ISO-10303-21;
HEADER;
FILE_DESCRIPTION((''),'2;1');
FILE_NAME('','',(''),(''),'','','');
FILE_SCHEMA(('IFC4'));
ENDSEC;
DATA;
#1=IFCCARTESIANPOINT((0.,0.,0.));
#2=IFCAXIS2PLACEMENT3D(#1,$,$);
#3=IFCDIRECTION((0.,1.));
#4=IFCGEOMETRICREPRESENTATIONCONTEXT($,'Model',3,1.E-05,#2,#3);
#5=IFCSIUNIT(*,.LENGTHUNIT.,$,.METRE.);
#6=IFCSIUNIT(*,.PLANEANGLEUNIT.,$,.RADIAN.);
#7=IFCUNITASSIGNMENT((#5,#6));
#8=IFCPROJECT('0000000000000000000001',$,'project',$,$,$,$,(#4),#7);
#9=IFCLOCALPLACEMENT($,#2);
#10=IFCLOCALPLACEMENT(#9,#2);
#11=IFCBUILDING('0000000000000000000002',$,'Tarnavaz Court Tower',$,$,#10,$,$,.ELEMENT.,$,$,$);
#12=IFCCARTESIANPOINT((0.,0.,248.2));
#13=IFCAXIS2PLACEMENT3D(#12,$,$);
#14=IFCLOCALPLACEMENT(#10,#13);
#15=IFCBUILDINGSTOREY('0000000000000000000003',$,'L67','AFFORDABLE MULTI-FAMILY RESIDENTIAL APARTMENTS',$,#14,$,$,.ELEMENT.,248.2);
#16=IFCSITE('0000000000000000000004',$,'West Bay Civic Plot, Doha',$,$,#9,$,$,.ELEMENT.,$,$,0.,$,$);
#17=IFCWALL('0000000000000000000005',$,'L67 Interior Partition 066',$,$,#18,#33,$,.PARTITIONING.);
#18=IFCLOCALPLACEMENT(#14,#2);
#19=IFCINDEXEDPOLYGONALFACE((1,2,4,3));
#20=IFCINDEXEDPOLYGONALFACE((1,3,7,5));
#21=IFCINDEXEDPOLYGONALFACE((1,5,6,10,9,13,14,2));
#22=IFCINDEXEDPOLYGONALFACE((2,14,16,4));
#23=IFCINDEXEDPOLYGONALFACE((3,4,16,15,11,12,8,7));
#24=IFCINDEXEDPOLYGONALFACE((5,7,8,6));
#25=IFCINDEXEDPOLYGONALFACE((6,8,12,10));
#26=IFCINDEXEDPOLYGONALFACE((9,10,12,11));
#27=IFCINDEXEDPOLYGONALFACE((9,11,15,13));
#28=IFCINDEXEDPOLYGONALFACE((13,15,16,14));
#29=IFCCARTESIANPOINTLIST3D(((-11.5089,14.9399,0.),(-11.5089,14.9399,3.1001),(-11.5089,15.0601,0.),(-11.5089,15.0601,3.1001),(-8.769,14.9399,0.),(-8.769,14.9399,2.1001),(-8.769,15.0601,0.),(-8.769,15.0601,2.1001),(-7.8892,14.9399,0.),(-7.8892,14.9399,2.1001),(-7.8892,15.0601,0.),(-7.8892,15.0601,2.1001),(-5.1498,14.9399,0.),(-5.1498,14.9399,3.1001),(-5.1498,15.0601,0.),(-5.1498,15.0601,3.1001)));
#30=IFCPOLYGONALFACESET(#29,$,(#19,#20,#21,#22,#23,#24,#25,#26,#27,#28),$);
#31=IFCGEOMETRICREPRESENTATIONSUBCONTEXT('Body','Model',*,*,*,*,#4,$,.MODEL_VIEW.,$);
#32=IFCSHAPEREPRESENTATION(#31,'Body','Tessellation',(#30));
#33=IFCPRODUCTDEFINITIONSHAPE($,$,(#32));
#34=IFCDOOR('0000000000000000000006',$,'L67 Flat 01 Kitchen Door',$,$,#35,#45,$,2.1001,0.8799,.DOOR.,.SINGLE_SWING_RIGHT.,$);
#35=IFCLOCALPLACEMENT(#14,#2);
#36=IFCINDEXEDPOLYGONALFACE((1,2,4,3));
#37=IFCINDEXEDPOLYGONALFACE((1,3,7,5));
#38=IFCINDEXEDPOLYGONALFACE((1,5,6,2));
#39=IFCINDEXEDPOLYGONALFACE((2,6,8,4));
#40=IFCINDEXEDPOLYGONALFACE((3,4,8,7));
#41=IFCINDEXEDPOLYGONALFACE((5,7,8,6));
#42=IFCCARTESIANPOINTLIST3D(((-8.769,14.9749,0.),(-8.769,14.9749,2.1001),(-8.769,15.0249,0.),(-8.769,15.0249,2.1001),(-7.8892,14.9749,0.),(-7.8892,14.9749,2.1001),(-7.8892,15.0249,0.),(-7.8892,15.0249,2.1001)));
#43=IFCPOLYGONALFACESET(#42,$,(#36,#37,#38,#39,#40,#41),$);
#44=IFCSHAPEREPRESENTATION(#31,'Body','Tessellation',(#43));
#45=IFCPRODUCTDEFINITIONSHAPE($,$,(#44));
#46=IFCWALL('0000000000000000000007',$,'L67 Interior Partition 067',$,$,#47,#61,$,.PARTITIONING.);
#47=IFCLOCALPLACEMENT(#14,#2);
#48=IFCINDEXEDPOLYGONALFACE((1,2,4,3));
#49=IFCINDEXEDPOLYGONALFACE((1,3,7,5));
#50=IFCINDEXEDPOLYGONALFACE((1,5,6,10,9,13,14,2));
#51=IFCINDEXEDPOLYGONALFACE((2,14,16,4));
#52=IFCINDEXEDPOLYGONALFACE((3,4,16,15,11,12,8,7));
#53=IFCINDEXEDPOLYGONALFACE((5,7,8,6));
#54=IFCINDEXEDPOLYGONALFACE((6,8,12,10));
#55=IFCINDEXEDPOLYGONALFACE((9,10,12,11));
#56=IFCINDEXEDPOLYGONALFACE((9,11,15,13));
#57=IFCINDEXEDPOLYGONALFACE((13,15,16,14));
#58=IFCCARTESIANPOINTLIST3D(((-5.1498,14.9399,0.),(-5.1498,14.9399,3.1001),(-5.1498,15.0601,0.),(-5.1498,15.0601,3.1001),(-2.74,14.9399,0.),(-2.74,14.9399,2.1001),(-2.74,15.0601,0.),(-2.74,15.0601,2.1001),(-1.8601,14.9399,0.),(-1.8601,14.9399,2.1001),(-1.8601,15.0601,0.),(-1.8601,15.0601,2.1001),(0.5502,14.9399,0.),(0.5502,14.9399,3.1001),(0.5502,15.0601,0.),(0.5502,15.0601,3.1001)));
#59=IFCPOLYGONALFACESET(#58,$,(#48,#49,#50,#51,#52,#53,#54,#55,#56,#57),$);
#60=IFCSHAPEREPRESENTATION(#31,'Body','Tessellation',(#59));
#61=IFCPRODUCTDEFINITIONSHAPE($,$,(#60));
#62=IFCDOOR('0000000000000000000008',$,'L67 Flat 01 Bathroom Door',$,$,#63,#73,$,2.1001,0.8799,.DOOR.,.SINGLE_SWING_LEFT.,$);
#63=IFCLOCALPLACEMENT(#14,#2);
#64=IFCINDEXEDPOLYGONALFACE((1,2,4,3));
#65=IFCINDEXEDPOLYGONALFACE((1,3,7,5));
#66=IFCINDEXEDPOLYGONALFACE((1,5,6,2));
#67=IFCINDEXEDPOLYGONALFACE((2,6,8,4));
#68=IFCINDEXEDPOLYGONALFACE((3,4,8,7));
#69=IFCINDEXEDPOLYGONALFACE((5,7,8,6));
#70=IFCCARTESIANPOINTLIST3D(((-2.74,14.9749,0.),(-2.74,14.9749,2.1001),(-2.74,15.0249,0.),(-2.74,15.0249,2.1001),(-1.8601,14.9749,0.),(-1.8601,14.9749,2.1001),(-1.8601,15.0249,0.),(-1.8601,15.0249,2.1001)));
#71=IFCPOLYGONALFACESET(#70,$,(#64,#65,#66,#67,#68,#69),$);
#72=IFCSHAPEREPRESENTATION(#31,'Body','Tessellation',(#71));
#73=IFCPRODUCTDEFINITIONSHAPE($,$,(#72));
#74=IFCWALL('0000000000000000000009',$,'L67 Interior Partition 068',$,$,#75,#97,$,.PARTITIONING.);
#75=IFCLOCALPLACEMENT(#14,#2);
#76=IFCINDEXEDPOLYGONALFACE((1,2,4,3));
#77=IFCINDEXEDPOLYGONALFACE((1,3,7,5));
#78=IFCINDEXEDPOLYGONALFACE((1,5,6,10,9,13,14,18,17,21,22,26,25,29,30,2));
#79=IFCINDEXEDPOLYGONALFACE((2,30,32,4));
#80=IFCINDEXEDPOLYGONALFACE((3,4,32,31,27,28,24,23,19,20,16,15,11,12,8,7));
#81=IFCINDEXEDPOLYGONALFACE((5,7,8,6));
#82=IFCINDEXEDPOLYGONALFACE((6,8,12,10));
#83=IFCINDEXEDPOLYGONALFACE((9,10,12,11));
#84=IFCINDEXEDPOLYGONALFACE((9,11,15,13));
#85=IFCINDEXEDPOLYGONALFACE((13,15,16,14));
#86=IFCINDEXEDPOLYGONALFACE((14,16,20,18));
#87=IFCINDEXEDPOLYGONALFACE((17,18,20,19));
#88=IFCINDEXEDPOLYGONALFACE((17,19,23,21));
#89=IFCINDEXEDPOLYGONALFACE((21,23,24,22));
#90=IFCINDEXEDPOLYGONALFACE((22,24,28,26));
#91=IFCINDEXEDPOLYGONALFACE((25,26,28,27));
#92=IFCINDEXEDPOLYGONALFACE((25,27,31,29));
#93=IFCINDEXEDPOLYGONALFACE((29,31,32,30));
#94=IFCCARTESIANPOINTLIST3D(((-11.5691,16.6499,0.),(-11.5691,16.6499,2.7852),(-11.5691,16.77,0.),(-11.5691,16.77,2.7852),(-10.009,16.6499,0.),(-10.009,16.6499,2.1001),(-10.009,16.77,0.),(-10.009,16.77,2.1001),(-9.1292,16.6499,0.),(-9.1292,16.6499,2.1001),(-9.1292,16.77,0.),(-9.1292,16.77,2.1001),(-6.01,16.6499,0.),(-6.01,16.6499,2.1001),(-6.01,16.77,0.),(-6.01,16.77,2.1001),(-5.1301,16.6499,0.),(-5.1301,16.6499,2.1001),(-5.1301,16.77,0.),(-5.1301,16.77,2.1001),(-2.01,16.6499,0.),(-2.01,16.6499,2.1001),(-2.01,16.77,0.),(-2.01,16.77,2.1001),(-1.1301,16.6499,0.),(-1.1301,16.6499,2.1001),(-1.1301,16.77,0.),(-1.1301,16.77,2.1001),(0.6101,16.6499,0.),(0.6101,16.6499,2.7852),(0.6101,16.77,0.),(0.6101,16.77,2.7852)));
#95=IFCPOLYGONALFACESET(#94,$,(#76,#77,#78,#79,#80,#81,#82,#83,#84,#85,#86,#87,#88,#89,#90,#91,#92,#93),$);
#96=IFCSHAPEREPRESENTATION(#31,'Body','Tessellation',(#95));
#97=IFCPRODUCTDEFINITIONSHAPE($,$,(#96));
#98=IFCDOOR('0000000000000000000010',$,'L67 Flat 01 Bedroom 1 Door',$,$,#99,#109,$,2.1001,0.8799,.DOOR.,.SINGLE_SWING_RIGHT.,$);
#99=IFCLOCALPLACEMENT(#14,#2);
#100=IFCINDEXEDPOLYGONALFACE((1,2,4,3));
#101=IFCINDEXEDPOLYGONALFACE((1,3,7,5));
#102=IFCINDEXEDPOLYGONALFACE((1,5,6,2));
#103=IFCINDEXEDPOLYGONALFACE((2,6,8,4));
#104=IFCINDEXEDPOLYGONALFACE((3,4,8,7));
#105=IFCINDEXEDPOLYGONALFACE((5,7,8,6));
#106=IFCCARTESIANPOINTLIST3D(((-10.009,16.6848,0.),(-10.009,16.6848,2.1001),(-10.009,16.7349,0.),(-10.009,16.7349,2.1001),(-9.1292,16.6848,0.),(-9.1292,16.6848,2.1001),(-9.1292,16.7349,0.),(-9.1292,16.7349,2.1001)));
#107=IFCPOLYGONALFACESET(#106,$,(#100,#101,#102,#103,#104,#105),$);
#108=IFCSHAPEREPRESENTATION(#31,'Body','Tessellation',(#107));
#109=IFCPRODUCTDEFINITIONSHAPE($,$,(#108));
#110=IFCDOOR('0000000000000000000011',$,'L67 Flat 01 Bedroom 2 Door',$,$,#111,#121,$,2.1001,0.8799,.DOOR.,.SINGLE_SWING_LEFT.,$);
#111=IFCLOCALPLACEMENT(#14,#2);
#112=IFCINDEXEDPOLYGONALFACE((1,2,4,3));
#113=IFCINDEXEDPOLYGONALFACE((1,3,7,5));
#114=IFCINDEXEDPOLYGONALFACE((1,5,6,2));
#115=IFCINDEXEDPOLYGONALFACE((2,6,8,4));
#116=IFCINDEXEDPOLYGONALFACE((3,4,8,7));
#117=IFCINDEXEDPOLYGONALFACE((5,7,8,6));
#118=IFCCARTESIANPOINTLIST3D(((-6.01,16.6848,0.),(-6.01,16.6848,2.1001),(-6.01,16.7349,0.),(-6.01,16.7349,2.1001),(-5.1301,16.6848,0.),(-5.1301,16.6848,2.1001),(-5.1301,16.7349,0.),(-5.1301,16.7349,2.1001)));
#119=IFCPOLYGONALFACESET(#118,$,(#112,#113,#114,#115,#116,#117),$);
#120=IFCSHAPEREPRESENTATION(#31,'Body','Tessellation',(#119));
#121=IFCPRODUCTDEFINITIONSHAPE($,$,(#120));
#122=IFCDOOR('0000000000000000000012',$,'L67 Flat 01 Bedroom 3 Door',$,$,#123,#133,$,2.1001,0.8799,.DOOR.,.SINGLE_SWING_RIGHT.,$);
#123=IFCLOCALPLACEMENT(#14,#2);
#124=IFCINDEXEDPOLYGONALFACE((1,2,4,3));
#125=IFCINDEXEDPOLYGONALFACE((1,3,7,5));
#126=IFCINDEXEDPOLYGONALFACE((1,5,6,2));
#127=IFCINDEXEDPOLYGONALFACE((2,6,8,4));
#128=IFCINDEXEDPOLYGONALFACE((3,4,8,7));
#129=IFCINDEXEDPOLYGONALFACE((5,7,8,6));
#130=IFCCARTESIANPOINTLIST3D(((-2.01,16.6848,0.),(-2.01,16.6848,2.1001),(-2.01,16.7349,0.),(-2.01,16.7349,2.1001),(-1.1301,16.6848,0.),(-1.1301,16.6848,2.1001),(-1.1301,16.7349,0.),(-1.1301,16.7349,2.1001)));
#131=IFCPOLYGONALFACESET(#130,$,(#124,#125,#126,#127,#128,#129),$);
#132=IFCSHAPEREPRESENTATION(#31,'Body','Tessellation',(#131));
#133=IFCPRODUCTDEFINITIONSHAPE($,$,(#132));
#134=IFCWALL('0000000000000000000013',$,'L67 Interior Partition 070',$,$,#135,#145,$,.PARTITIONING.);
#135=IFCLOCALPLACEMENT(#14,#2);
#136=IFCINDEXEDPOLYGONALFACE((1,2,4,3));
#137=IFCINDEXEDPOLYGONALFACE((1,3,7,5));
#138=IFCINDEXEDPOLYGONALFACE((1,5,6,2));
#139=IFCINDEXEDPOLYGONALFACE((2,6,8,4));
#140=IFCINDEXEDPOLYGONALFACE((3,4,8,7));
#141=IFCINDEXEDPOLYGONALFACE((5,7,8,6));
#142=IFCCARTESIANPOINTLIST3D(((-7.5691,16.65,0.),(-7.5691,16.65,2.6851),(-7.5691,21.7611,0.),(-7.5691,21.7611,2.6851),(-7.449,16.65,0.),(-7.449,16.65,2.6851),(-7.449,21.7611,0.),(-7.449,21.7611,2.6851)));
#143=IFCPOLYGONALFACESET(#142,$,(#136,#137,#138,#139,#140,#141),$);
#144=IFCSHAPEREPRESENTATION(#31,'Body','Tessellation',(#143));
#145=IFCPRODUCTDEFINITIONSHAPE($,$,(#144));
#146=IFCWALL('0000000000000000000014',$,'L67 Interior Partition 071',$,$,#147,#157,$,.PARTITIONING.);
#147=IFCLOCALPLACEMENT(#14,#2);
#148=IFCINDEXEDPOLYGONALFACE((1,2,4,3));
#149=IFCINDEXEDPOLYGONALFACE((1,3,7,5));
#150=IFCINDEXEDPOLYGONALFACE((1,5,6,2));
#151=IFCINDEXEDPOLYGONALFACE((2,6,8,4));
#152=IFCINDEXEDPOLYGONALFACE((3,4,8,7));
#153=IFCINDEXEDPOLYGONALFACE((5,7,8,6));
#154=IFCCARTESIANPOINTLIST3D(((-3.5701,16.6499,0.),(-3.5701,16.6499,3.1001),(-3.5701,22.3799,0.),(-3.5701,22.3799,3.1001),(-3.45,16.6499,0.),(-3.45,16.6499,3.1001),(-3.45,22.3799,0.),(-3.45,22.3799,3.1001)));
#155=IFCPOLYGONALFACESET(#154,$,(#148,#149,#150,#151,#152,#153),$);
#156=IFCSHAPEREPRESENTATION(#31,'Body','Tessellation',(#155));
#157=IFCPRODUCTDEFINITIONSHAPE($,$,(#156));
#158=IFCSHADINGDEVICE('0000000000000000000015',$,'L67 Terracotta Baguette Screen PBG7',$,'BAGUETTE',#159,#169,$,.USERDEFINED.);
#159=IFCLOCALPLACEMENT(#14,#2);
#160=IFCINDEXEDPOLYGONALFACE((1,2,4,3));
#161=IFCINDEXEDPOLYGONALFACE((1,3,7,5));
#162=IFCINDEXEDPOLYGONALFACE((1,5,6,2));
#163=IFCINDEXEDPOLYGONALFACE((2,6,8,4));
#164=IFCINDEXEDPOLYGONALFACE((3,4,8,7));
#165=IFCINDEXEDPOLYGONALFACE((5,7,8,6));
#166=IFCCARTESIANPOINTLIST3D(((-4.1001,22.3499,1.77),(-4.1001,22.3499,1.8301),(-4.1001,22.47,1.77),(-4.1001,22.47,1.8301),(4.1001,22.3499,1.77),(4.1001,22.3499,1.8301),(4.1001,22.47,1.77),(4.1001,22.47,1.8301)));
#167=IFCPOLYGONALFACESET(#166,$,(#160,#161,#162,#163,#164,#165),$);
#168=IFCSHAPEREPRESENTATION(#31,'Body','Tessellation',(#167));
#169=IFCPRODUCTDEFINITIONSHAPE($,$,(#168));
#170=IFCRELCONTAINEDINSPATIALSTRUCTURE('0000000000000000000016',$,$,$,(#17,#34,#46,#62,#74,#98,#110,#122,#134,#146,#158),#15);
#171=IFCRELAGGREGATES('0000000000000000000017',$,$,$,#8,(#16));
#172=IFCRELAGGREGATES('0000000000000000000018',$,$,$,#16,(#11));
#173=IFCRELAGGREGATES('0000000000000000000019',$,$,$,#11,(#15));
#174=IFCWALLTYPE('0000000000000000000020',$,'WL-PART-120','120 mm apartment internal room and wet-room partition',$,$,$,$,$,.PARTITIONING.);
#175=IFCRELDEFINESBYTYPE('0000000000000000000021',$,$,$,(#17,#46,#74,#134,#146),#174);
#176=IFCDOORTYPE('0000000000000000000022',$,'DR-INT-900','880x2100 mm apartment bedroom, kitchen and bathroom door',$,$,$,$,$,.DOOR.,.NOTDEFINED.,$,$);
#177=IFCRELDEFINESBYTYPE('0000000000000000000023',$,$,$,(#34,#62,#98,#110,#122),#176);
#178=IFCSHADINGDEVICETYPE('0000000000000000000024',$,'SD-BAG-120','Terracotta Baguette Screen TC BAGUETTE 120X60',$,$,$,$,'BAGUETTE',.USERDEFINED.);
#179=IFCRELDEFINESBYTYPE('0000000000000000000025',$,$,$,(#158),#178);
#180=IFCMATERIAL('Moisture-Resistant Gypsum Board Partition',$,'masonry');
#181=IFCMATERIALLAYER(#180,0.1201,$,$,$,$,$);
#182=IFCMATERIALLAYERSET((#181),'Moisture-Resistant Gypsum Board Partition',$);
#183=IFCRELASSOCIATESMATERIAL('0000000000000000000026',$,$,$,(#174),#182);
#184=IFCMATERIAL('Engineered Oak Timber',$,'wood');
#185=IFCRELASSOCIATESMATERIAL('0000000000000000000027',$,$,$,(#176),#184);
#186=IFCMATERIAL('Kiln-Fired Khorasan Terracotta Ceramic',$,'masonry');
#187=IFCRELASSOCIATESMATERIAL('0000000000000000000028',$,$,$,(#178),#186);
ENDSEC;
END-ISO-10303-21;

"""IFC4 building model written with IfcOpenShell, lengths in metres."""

from ifc_helpers import new_model, si_unit, direction, frame, frame_2d, origin, origin_2d, place, context, subcontext, project, spatial, rectangle, extrude, material, layer, layer_set, material_profile, profile_set, type_object, element, fill, save


model = new_model("IFC4")

# Units and contexts
model_context = context("Model", 3, precision=1e-05, world=origin(), true_north=direction((0.0, 1.0)))
body_context = subcontext(model_context, "Body", "Model", "MODEL_VIEW")
ifc_project = project(units=[si_unit("LENGTHUNIT", "METRE"), si_unit("PLANEANGLEUNIT", "RADIAN")], contexts=[model_context])

# Site, building, storey
site_placement = place(None, origin())
site = spatial("IfcSite", under=ifc_project, at=site_placement, Name="West Bay Civic Plot, Doha", CompositionType="ELEMENT", RefElevation=0.0)
building_placement = place(site_placement, origin())
building = spatial("IfcBuilding", under=site, at=building_placement, Name="Tarnavaz Court Tower", CompositionType="ELEMENT")
storey_placement = place(building_placement, frame((0.0, 0.0, 248.2)))
storey = spatial("IfcBuildingStorey", under=building, at=storey_placement, Name="L67", Description="AFFORDABLE MULTI-FAMILY RESIDENTIAL APARTMENTS", CompositionType="ELEMENT", Elevation=248.2)

# Walls, openings, doors
ifc_material_1 = material(Name="Moisture-Resistant Gypsum Board Partition", Category="masonry")
ifc_layer_1 = layer(ifc_material_1, 0.1201)
ifc_layer_set_1 = layer_set([ifc_layer_1], Name="Moisture-Resistant Gypsum Board Partition")
wall_type_1 = type_object("IfcWallType", Name="WL-PART-120", Description="120 mm apartment internal room and wet-room partition", PredefinedType="PARTITIONING", material=ifc_layer_set_1)
wall_1_placement = place(storey_placement, frame((-11.509, 15.0, 0.0), z_axis=(0.0, 0.0, 1.0), x_axis=(1.0, 0.0, 0.0)))
wall_1 = element("IfcWall", 1, at=wall_1_placement, inside=storey, type_object=wall_type_1, Name="L67 Interior Partition 066", PredefinedType="PARTITIONING", context=body_context, shape_type="SweptSolid", body=[
    extrude(rectangle(XDim=6.3591, YDim=0.1201, at=frame_2d((3.1797, 0.0))), origin(), (0.0, 0.0, 1.0), 3.1001),
])
opening_1_placement = place(wall_1_placement, frame((2.74, 0.0, 0.0)))
opening_1 = element("IfcOpeningElement", 2, at=opening_1_placement, cuts=wall_1, PredefinedType="OPENING", context=body_context, shape_type="SweptSolid", body=[
    extrude(rectangle(XDim=0.8799, YDim=2.1001, at=frame_2d((0.4399, 1.05))), frame((0.0, 0.0701, 0.0), z_axis=(0.0, -1.0, 0.0), x_axis=(1.0, 0.0, 0.0)), (0.0, 0.0, 1.0), 0.1401),
])
ifc_material_2 = material(Name="Engineered Oak Timber", Category="wood")
door_type = type_object("IfcDoorType", Name="DR-INT-900", Description="880x2100 mm apartment bedroom, kitchen and bathroom door", OperationType="NOTDEFINED", PredefinedType="DOOR", material=ifc_material_2)
door_1_placement = place(opening_1_placement, origin())
door_1 = element("IfcDoor", 3, at=door_1_placement, inside=storey, type_object=door_type, Name="L67 Flat 01 Kitchen Door", OperationType="SINGLE_SWING_RIGHT", OverallHeight=2.1001, OverallWidth=0.8799, PredefinedType="DOOR", context=body_context, shape_type="SweptSolid", body=[
    extrude(rectangle(XDim=0.8799, YDim=2.1001, at=frame_2d((0.4399, 1.05))), frame((0.0, 0.0249, 0.0), z_axis=(0.0, -1.0, 0.0), x_axis=(1.0, 0.0, 0.0)), (0.0, 0.0, 1.0), 0.05),
])
fill(opening_1, door_1)
wall_2_placement = place(storey_placement, frame((-5.1499, 15.0, 0.0), z_axis=(0.0, 0.0, 1.0), x_axis=(1.0, 0.0, 0.0)))
wall_2 = element("IfcWall", 4, at=wall_2_placement, inside=storey, type_object=wall_type_1, Name="L67 Interior Partition 067", PredefinedType="PARTITIONING", context=body_context, shape_type="SweptSolid", body=[
    extrude(rectangle(XDim=5.7, YDim=0.1201, at=frame_2d((2.8501, 0.0))), origin(), (0.0, 0.0, 1.0), 3.1001),
])
opening_2_placement = place(wall_2_placement, frame((2.4099, 0.0, 0.0)))
opening_2 = element("IfcOpeningElement", 5, at=opening_2_placement, cuts=wall_2, PredefinedType="OPENING", context=body_context, shape_type="SweptSolid", body=[
    extrude(rectangle(XDim=0.8799, YDim=2.1001, at=frame_2d((0.4399, 1.05))), frame((0.0, 0.0701, 0.0), z_axis=(0.0, -1.0, 0.0), x_axis=(1.0, 0.0, 0.0)), (0.0, 0.0, 1.0), 0.1401),
])
door_2_placement = place(opening_2_placement, origin())
door_2 = element("IfcDoor", 6, at=door_2_placement, inside=storey, type_object=door_type, Name="L67 Flat 01 Bathroom Door", OperationType="SINGLE_SWING_LEFT", OverallHeight=2.1001, OverallWidth=0.8799, PredefinedType="DOOR", context=body_context, shape_type="SweptSolid", body=[
    extrude(rectangle(XDim=0.8799, YDim=2.1001, at=frame_2d((0.4399, 1.05))), frame((0.0, 0.0249, 0.0), z_axis=(0.0, -1.0, 0.0), x_axis=(1.0, 0.0, 0.0)), (0.0, 0.0, 1.0), 0.05),
])
fill(opening_2, door_2)

# Wall, openings, doors
wall_3_placement = place(storey_placement, frame((-11.5691, 16.71, 0.0), z_axis=(0.0, 0.0, 1.0), x_axis=(1.0, 0.0, 0.0)))
wall_3 = element("IfcWall", 7, at=wall_3_placement, inside=storey, type_object=wall_type_1, Name="L67 Interior Partition 068", PredefinedType="PARTITIONING", context=body_context, shape_type="SweptSolid", body=[
    extrude(rectangle(XDim=12.1792, YDim=0.1201, at=frame_2d((6.0896, 0.0))), origin(), (0.0, 0.0, 1.0), 2.7852),
])
opening_3_placement = place(wall_3_placement, frame((1.5601, 0.0, 0.0)))
opening_3 = element("IfcOpeningElement", 8, at=opening_3_placement, cuts=wall_3, PredefinedType="OPENING", context=body_context, shape_type="SweptSolid", body=[
    extrude(rectangle(XDim=0.8799, YDim=2.1001, at=frame_2d((0.4399, 1.05))), frame((0.0, 0.0701, 0.0), z_axis=(0.0, -1.0, 0.0), x_axis=(1.0, 0.0, 0.0)), (0.0, 0.0, 1.0), 0.1401),
])
opening_4_placement = place(wall_3_placement, frame((5.5591, 0.0, 0.0)))
opening_4 = element("IfcOpeningElement", 9, at=opening_4_placement, cuts=wall_3, PredefinedType="OPENING", context=body_context, shape_type="SweptSolid", body=[
    extrude(rectangle(XDim=0.8799, YDim=2.1001, at=frame_2d((0.4399, 1.05))), frame((0.0, 0.0701, 0.0), z_axis=(0.0, -1.0, 0.0), x_axis=(1.0, 0.0, 0.0)), (0.0, 0.0, 1.0), 0.1401),
])
opening_5_placement = place(wall_3_placement, frame((9.5591, 0.0, 0.0)))
opening_5 = element("IfcOpeningElement", 10, at=opening_5_placement, cuts=wall_3, PredefinedType="OPENING", context=body_context, shape_type="SweptSolid", body=[
    extrude(rectangle(XDim=0.8799, YDim=2.1001, at=frame_2d((0.4399, 1.05))), frame((0.0, 0.0701, 0.0), z_axis=(0.0, -1.0, 0.0), x_axis=(1.0, 0.0, 0.0)), (0.0, 0.0, 1.0), 0.1401),
])
door_3_placement = place(opening_3_placement, origin())
door_3 = element("IfcDoor", 11, at=door_3_placement, inside=storey, type_object=door_type, Name="L67 Flat 01 Bedroom 1 Door", OperationType="SINGLE_SWING_RIGHT", OverallHeight=2.1001, OverallWidth=0.8799, PredefinedType="DOOR", context=body_context, shape_type="SweptSolid", body=[
    extrude(rectangle(XDim=0.8799, YDim=2.1001, at=frame_2d((0.4399, 1.05))), frame((0.0, 0.0249, 0.0), z_axis=(0.0, -1.0, 0.0), x_axis=(1.0, 0.0, 0.0)), (0.0, 0.0, 1.0), 0.05),
])
fill(opening_3, door_3)
door_4_placement = place(opening_4_placement, origin())
door_4 = element("IfcDoor", 12, at=door_4_placement, inside=storey, type_object=door_type, Name="L67 Flat 01 Bedroom 2 Door", OperationType="SINGLE_SWING_LEFT", OverallHeight=2.1001, OverallWidth=0.8799, PredefinedType="DOOR", context=body_context, shape_type="SweptSolid", body=[
    extrude(rectangle(XDim=0.8799, YDim=2.1001, at=frame_2d((0.4399, 1.05))), frame((0.0, 0.0249, 0.0), z_axis=(0.0, -1.0, 0.0), x_axis=(1.0, 0.0, 0.0)), (0.0, 0.0, 1.0), 0.05),
])
fill(opening_4, door_4)
door_5_placement = place(opening_5_placement, origin())
door_5 = element("IfcDoor", 13, at=door_5_placement, inside=storey, type_object=door_type, Name="L67 Flat 01 Bedroom 3 Door", OperationType="SINGLE_SWING_RIGHT", OverallHeight=2.1001, OverallWidth=0.8799, PredefinedType="DOOR", context=body_context, shape_type="SweptSolid", body=[
    extrude(rectangle(XDim=0.8799, YDim=2.1001, at=frame_2d((0.4399, 1.05))), frame((0.0, 0.0249, 0.0), z_axis=(0.0, -1.0, 0.0), x_axis=(1.0, 0.0, 0.0)), (0.0, 0.0, 1.0), 0.05),
])
fill(opening_5, door_5)

# Walls
wall_4_placement = place(storey_placement, frame((-7.509, 16.6499, 0.0), z_axis=(0.0, 0.0, 1.0), x_axis=(0.0, 1.0, 0.0)))
element("IfcWall", 14, at=wall_4_placement, inside=storey, type_object=wall_type_1, Name="L67 Interior Partition 070", PredefinedType="PARTITIONING", context=body_context, shape_type="SweptSolid", body=[
    extrude(rectangle(XDim=5.1111, YDim=0.1201, at=frame_2d((2.5557, 0.0))), origin(), (0.0, 0.0, 1.0), 2.6851),
])
wall_5_placement = place(storey_placement, frame((-3.51, 16.6499, 0.0), z_axis=(0.0, 0.0, 1.0), x_axis=(0.0, 1.0, 0.0)))
element("IfcWall", 15, at=wall_5_placement, inside=storey, type_object=wall_type_1, Name="L67 Interior Partition 071", PredefinedType="PARTITIONING", context=body_context, shape_type="SweptSolid", body=[
    extrude(rectangle(XDim=5.73, YDim=0.1201, at=frame_2d((2.865, 0.0))), origin(), (0.0, 0.0, 1.0), 3.1001),
])

# Shading device
ifc_material_3 = material(Name="Kiln-Fired Khorasan Terracotta Ceramic", Category="masonry")
ifc_material_profile_1 = material_profile(ifc_material_3, rectangle(XDim=0.1201, YDim=0.0601, at=origin_2d()), Name="TC BAGUETTE 120X60")
ifc_profile_set_1 = profile_set([ifc_material_profile_1], Name="Kiln-Fired Khorasan Terracotta Ceramic")
shading_device_type = type_object("IfcShadingDeviceType", Name="SD-BAG-120", Description="Terracotta Baguette Screen TC BAGUETTE 120X60", ElementType="BAGUETTE", PredefinedType="USERDEFINED", material=ifc_profile_set_1)
shading_device_placement = place(storey_placement, frame((-4.1001, 22.4099, 1.8), z_axis=(1.0, 0.0, 0.0), x_axis=(0.0, 1.0, 0.0)))
element("IfcShadingDevice", 16, at=shading_device_placement, inside=storey, type_object=shading_device_type, Name="L67 Terracotta Baguette Screen PBG7", ObjectType="BAGUETTE", PredefinedType="USERDEFINED", context=body_context, shape_type="SweptSolid", body=[
    extrude(rectangle(XDim=0.1201, YDim=0.0601, at=origin_2d()), origin(), (0.0, 0.0, 1.0), 8.2002),
])

save(model, "model.ifc")
